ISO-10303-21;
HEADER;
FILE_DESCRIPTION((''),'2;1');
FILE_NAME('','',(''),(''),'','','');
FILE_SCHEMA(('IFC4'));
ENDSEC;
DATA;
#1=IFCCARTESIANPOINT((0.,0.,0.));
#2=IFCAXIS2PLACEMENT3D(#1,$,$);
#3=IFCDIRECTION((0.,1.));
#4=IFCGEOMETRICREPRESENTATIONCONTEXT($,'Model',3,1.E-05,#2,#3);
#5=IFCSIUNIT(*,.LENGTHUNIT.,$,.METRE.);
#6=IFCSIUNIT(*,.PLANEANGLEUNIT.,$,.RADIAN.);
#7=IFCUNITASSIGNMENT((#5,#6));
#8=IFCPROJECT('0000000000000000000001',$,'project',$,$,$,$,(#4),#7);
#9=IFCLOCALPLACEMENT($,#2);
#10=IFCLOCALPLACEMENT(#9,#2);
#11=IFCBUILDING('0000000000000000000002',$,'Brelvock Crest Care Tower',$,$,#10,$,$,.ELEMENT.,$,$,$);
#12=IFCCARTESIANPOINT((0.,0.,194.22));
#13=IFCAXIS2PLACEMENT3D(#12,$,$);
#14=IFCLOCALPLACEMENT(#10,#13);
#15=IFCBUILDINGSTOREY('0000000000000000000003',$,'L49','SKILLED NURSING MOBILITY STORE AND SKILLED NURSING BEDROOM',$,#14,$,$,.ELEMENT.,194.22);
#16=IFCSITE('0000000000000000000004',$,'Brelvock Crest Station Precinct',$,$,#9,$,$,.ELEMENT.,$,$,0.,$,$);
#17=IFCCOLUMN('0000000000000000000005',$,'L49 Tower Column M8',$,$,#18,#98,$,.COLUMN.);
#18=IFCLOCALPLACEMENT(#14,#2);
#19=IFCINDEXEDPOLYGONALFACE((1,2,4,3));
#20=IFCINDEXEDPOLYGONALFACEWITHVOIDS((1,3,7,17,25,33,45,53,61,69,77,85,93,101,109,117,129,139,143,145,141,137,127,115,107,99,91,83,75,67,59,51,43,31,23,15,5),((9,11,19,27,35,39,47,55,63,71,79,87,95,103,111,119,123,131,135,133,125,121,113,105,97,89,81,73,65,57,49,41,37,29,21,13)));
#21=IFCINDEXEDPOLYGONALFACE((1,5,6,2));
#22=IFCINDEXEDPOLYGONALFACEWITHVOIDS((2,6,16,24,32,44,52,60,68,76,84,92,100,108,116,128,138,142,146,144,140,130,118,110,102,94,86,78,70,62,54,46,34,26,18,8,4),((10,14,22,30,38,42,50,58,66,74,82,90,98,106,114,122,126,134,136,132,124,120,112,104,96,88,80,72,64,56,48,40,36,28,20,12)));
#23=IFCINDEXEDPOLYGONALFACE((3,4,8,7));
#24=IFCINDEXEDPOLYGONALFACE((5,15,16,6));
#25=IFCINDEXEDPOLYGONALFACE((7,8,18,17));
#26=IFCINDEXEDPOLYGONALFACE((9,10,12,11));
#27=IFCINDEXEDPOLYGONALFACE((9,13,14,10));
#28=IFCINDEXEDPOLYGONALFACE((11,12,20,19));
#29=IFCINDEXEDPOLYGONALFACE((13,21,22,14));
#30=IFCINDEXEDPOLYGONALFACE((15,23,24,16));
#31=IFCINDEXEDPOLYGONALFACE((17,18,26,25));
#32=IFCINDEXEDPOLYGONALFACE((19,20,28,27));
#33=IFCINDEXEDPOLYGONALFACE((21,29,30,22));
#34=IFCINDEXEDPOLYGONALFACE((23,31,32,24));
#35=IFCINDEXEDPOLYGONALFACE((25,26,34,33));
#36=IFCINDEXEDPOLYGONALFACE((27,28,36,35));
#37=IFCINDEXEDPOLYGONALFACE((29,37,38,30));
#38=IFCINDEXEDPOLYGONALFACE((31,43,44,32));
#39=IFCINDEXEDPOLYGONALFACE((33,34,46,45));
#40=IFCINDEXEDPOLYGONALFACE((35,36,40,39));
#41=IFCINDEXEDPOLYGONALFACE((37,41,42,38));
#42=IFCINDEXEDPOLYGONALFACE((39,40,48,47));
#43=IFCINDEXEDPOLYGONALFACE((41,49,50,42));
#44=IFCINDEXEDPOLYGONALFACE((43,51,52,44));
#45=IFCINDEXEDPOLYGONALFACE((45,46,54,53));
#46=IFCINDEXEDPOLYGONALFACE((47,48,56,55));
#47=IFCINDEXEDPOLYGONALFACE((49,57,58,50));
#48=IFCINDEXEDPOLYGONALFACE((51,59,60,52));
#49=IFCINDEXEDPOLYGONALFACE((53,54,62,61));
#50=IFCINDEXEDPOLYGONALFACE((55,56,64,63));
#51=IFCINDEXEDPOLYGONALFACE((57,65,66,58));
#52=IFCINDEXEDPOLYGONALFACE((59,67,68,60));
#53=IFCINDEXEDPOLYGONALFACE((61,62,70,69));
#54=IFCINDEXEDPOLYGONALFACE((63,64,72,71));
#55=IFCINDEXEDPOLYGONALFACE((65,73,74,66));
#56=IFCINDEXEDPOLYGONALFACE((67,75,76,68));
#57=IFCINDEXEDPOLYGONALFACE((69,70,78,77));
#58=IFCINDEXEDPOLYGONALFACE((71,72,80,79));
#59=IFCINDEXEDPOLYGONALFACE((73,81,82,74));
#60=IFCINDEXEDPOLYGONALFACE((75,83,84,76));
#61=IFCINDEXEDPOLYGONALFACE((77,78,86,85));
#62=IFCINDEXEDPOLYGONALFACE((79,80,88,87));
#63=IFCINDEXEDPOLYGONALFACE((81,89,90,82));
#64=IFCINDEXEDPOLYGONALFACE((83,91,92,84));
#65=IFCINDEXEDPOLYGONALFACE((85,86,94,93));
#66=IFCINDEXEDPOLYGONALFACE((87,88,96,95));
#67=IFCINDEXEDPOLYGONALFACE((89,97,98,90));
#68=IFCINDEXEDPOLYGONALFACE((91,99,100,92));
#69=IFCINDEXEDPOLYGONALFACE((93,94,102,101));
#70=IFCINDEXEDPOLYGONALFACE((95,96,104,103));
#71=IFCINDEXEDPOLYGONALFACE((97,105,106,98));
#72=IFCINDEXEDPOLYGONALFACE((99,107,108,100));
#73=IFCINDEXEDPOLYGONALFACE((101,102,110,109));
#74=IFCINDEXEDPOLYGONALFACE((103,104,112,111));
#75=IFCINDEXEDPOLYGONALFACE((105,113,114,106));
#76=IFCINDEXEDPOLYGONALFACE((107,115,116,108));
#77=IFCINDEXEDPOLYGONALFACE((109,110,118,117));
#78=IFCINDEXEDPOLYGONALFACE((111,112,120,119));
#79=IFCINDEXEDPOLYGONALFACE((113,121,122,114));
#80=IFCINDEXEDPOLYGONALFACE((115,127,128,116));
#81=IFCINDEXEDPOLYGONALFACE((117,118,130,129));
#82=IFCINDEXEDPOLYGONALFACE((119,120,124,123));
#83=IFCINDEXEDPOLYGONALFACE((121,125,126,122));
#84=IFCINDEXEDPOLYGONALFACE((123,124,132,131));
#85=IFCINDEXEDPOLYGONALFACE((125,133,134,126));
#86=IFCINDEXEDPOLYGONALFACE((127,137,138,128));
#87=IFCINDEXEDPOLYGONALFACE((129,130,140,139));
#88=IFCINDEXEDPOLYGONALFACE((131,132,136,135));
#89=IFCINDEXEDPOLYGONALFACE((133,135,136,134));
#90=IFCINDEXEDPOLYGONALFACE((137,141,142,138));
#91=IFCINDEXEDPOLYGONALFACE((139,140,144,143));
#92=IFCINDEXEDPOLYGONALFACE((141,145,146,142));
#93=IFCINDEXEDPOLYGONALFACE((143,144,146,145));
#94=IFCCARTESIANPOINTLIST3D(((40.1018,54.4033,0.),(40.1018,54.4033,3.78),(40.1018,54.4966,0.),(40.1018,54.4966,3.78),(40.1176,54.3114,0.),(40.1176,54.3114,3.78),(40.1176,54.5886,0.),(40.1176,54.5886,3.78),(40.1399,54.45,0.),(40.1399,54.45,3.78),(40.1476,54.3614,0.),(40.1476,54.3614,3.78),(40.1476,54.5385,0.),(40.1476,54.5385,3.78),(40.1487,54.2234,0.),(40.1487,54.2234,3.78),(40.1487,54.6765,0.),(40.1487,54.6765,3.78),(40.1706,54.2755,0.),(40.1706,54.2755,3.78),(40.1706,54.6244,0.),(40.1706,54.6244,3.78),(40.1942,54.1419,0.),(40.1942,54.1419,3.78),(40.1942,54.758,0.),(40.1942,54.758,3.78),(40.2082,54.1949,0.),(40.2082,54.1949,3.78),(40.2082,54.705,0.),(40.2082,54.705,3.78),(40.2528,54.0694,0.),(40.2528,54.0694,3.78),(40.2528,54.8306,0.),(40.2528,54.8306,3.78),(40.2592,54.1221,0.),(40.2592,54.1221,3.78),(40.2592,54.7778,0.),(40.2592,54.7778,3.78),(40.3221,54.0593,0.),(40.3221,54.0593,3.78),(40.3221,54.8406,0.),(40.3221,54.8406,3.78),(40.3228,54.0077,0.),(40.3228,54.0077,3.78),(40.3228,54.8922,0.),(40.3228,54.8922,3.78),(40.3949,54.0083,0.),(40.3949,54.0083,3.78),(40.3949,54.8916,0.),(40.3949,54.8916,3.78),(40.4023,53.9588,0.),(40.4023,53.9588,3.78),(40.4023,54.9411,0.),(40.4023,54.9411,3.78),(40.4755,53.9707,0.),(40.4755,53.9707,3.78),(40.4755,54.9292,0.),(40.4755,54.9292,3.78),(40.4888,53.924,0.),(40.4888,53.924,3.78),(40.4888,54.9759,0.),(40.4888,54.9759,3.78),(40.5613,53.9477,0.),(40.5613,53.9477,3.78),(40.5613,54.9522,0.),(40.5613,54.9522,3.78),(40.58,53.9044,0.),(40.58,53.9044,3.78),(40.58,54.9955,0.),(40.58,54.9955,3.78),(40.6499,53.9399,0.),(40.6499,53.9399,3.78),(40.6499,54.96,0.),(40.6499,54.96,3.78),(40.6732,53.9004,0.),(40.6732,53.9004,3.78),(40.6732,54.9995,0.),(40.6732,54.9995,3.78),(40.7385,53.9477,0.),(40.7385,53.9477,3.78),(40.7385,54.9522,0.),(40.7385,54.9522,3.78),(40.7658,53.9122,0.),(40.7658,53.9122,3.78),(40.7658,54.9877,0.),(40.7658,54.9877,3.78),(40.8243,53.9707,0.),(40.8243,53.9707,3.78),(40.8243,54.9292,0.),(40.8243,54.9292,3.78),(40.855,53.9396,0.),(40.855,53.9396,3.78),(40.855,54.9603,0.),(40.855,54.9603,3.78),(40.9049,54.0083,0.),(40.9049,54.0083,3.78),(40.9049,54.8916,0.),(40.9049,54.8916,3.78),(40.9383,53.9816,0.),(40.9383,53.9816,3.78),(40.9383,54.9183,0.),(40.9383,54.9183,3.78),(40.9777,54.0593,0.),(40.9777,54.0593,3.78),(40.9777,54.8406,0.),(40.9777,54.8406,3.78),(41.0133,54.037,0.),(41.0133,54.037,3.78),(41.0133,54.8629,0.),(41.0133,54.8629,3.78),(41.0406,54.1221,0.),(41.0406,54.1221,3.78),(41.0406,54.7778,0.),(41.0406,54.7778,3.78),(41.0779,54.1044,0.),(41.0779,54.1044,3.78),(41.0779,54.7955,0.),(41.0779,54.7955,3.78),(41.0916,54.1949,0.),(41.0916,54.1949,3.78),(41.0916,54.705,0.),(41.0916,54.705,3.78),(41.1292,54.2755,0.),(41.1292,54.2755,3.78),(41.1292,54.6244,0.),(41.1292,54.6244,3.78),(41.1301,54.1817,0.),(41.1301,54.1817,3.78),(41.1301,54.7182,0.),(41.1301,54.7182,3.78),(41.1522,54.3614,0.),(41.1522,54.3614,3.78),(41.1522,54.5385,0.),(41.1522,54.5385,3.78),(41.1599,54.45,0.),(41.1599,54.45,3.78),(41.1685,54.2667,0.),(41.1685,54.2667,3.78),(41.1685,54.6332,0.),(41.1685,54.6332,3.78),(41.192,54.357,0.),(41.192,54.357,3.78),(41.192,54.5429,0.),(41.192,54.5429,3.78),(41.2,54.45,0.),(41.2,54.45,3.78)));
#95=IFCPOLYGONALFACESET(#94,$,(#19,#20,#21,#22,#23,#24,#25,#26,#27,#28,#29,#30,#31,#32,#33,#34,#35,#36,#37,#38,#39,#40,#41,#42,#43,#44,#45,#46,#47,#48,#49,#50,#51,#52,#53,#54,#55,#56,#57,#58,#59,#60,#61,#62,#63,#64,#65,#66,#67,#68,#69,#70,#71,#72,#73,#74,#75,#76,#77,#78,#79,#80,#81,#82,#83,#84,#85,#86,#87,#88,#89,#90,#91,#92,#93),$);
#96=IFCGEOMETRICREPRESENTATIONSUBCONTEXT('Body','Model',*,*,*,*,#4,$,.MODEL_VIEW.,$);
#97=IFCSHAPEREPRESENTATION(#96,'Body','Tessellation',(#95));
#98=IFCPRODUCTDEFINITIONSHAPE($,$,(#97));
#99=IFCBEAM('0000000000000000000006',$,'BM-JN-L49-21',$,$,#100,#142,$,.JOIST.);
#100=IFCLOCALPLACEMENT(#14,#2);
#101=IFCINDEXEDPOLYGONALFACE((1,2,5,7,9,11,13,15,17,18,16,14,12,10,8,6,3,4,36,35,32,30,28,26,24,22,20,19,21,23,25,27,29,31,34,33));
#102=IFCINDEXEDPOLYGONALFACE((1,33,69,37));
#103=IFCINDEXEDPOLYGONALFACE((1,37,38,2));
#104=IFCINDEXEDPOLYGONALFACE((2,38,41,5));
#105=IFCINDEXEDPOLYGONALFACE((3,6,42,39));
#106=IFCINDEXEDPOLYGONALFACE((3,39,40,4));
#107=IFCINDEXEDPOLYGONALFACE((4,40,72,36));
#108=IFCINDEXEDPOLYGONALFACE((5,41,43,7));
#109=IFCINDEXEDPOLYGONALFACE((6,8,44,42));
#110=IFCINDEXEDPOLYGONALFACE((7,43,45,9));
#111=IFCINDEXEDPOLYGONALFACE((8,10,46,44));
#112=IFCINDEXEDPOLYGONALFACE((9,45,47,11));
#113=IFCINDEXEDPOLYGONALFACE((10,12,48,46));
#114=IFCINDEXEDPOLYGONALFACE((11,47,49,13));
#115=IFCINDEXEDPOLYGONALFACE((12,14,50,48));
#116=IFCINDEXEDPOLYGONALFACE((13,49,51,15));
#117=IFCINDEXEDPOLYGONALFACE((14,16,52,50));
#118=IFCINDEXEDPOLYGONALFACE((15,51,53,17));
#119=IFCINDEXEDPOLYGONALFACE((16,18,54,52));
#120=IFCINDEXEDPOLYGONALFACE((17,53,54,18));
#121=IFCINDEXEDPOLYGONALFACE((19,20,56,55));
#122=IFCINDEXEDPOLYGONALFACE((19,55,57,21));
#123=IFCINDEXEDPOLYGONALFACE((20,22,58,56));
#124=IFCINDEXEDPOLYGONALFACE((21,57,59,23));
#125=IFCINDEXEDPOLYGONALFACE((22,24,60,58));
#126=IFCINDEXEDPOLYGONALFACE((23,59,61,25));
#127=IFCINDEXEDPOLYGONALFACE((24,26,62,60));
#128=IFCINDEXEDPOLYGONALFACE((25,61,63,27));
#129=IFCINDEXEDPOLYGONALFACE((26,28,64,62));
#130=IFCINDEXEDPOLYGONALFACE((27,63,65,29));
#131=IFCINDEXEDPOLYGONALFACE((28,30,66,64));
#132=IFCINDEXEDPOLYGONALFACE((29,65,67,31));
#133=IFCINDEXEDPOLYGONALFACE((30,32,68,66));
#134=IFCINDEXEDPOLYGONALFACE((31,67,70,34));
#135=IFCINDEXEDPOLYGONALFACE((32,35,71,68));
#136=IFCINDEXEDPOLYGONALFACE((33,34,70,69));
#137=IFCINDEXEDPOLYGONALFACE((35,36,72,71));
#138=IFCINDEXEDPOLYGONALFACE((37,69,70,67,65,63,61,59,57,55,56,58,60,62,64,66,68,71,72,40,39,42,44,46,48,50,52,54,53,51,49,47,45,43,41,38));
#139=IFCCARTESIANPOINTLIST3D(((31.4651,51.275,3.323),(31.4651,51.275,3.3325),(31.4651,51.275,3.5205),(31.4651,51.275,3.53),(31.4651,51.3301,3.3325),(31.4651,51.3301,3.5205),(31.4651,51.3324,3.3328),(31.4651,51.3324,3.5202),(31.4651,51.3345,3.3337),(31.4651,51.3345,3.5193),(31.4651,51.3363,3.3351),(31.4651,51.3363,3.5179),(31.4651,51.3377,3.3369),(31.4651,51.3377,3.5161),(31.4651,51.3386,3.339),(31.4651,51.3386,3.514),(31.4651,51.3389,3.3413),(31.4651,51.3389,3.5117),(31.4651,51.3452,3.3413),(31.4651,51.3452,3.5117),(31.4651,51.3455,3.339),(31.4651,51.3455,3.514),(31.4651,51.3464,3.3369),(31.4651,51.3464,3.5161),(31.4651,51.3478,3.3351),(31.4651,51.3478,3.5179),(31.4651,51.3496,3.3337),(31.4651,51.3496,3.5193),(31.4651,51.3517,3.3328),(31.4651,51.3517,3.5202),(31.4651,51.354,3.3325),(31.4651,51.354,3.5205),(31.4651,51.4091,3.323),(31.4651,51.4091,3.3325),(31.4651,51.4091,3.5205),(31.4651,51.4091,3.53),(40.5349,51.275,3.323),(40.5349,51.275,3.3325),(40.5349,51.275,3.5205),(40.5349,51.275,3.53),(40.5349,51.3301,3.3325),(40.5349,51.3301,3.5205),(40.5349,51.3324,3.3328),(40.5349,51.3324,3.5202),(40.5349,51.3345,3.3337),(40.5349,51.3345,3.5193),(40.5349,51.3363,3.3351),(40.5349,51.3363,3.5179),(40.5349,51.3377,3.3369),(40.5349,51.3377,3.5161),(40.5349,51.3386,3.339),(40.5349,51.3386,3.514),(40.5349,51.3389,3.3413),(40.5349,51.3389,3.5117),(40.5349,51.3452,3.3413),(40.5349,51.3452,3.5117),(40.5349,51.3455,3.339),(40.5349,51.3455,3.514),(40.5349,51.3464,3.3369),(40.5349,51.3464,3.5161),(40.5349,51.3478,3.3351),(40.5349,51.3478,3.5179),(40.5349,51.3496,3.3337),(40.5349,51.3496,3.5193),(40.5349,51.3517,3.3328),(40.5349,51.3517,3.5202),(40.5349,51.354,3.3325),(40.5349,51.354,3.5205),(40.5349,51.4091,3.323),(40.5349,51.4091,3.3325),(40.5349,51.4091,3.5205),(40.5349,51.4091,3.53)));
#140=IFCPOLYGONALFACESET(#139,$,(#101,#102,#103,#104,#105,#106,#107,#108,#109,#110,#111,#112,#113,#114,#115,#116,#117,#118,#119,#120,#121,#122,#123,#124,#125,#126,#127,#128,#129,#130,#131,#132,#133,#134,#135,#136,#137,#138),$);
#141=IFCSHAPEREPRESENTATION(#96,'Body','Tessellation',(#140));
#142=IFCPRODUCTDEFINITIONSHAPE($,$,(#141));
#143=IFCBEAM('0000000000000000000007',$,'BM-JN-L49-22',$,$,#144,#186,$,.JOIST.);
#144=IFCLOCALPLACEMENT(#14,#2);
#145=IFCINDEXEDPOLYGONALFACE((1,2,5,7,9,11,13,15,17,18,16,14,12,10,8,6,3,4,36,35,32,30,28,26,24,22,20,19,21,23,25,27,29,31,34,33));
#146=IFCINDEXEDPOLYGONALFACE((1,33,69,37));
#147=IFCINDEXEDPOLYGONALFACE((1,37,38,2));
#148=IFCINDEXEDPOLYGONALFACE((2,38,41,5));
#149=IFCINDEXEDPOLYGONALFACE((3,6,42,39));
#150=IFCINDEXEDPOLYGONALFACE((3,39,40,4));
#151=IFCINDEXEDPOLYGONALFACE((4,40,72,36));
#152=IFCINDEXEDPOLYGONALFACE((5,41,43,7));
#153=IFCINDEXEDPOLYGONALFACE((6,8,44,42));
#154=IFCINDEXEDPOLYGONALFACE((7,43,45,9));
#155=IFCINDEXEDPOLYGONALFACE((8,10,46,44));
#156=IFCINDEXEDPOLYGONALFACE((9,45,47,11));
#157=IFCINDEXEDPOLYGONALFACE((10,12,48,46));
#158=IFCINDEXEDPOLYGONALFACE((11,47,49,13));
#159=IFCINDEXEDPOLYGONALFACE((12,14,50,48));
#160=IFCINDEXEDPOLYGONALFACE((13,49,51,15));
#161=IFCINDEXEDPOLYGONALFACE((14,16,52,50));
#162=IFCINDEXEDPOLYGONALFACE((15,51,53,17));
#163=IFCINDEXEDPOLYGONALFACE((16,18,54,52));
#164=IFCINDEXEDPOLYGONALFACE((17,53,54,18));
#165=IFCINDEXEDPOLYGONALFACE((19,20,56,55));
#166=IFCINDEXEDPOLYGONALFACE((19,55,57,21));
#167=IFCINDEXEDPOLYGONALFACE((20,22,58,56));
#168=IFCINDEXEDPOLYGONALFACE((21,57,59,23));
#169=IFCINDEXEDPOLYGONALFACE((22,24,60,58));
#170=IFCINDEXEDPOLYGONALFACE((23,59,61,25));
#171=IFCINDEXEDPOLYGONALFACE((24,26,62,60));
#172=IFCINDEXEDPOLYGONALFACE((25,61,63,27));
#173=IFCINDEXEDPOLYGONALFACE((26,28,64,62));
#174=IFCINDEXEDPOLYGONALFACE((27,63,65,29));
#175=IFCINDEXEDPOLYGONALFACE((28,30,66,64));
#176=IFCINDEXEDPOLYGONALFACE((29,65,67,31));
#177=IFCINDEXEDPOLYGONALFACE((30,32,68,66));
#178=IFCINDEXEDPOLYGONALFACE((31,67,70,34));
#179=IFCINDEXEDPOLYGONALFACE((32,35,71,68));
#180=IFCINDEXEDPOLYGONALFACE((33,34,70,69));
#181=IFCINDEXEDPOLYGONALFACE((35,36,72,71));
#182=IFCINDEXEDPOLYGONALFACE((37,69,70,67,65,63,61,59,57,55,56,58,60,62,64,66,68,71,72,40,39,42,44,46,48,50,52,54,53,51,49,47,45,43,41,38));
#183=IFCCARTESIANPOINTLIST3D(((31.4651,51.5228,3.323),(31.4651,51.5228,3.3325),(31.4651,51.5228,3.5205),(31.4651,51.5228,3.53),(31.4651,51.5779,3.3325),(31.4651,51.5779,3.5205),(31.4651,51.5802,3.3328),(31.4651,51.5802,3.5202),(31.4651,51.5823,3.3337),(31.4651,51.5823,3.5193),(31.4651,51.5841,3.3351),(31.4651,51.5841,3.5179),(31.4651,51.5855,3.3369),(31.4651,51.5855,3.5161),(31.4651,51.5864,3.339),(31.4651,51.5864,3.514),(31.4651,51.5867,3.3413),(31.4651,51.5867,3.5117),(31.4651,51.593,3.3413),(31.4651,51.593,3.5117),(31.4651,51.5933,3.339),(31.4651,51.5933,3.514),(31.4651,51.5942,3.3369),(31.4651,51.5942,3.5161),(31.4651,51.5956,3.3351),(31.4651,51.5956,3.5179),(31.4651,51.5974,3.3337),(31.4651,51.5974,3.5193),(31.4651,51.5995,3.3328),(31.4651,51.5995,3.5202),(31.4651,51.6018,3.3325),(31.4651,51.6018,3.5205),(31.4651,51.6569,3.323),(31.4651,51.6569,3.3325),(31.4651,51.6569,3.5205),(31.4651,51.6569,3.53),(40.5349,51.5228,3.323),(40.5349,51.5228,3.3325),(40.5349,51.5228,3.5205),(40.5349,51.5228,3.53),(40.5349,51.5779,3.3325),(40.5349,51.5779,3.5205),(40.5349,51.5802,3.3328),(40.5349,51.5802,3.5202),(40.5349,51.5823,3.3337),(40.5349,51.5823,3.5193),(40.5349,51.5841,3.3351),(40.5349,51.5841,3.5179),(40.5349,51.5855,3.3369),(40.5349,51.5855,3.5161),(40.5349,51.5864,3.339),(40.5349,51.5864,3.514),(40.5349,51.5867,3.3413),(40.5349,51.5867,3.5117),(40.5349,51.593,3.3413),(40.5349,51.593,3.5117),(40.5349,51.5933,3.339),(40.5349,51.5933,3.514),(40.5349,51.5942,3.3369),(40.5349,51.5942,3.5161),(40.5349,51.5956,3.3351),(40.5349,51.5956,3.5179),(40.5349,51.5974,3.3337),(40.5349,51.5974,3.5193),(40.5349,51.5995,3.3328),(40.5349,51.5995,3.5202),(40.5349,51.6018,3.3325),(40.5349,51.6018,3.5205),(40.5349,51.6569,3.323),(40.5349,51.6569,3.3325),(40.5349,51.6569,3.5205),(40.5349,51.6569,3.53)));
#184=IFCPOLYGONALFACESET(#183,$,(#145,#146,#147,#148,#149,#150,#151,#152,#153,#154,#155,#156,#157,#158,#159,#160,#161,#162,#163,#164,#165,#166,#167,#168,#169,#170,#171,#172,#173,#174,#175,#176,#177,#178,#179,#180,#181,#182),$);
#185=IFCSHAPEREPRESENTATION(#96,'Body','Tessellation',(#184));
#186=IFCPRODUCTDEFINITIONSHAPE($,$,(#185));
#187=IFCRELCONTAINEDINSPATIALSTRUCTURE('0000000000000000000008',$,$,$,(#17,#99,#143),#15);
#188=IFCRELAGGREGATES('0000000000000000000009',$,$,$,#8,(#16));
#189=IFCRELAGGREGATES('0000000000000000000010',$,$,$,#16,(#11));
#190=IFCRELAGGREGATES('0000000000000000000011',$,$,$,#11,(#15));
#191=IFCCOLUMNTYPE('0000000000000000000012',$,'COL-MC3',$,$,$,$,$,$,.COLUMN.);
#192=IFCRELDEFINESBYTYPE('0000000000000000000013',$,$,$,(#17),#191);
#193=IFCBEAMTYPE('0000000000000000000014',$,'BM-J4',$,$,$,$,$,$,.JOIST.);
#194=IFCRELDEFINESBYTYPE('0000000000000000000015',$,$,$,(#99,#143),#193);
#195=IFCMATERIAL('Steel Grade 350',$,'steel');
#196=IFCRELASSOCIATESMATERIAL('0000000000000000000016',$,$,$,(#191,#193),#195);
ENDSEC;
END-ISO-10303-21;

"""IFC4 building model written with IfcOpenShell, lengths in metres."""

from ifc_helpers import new_model, si_unit, direction, frame, origin, origin_2d, place, context, subcontext, project, spatial, hollow_circle, i_section, extrude, source, transform, mapped, material, material_profile, profile_set, type_object, element, save


model = new_model("IFC4")

# Units and contexts
model_context = context("Model", 3, precision=1e-05, world=origin(), true_north=direction((0.0, 1.0)))
body_context = subcontext(model_context, "Body", "Model", "MODEL_VIEW")
ifc_project = project(units=[si_unit("LENGTHUNIT", "METRE"), si_unit("PLANEANGLEUNIT", "RADIAN")], contexts=[model_context])

# Site, building, storey
site_placement = place(None, origin())
site = spatial("IfcSite", under=ifc_project, at=site_placement, Name="Brelvock Crest Station Precinct", CompositionType="ELEMENT", RefElevation=0.0)
building_placement = place(site_placement, origin())
building = spatial("IfcBuilding", under=site, at=building_placement, Name="Brelvock Crest Care Tower", CompositionType="ELEMENT")
storey_placement = place(building_placement, frame((0.0, 0.0, 194.22)))
storey = spatial("IfcBuildingStorey", under=building, at=storey_placement, Name="L49", Description="SKILLED NURSING MOBILITY STORE AND SKILLED NURSING BEDROOM", CompositionType="ELEMENT", Elevation=194.22)

# Column
ifc_material_1 = material(Name="Steel Grade 350", Category="steel")
ifc_material_profile_1 = material_profile(ifc_material_1, hollow_circle(Radius=0.55, WallThickness=0.04, at=origin_2d()), Name="CFT1100x40")
ifc_profile_set_1 = profile_set([ifc_material_profile_1], Name="Steel Grade 350")
column_type = type_object("IfcColumnType", Name="COL-MC3", PredefinedType="COLUMN", material=ifc_profile_set_1)
shared_shape_1 = source(origin(), body_context, "Body", "SweptSolid", [
    extrude(hollow_circle(Radius=0.55, WallThickness=0.04, at=origin_2d()), origin(), (0.0, 0.0, 1.0), 3.78),
])
column_placement = place(storey_placement, frame((40.6499, 54.45, 0.0), z_axis=(0.0, 0.0, 1.0), x_axis=(1.0, 0.0, 0.0)))
element("IfcColumn", 1, at=column_placement, inside=storey, type_object=column_type, Name="L49 Tower Column M8", PredefinedType="COLUMN", context=body_context, shape_type="MappedRepresentation", body=[
    mapped(shared_shape_1, transform((0.0, 0.0, 0.0), x_axis=(1.0, 0.0, 0.0), y_axis=(0.0, 1.0, 0.0), z_axis=(0.0, 0.0, 1.0), scale=1.0)),
])

# Beams
ifc_material_profile_2 = material_profile(ifc_material_1, i_section(OverallWidth=0.134, OverallDepth=0.207, WebThickness=0.0063, FlangeThickness=0.0095, FilletRadius=0.0088, at=origin_2d()), Name="200UB29.8")
ifc_profile_set_2 = profile_set([ifc_material_profile_2], Name="Steel Grade 350")
beam_type_1 = type_object("IfcBeamType", Name="BM-J4", PredefinedType="JOIST", material=ifc_profile_set_2)
shared_shape_2 = source(origin(), body_context, "Body", "SweptSolid", [
    extrude(i_section(OverallWidth=0.134, OverallDepth=0.207, WebThickness=0.0063, FlangeThickness=0.0095, FilletRadius=0.0088, at=origin_2d()), origin(), (0.0, 0.0, 1.0), 9.0698),
])
for number, where, z_axis, x_axis, name in (
    (2, (31.4651, 51.342, 3.4265), (1.0, 0.0, 0.0), (0.0, 1.0, 0.0), "BM-JN-L49-21"),
    (3, (31.4651, 51.5898, 3.4265), (1.0, 0.0, 0.0), (0.0, 1.0, 0.0), "BM-JN-L49-22"),
):
    element("IfcBeam", number, at=place(storey_placement, frame(where, z_axis=z_axis, x_axis=x_axis)), inside=storey, type_object=beam_type_1, Name=name, PredefinedType="JOIST", context=body_context, shape_type="MappedRepresentation", body=[
        mapped(shared_shape_2, transform((0.0, 0.0, 0.0), x_axis=(1.0, 0.0, 0.0), y_axis=(0.0, 1.0, 0.0), z_axis=(0.0, 0.0, 1.0), scale=1.0)),
    ])

save(model, "model.ifc")
